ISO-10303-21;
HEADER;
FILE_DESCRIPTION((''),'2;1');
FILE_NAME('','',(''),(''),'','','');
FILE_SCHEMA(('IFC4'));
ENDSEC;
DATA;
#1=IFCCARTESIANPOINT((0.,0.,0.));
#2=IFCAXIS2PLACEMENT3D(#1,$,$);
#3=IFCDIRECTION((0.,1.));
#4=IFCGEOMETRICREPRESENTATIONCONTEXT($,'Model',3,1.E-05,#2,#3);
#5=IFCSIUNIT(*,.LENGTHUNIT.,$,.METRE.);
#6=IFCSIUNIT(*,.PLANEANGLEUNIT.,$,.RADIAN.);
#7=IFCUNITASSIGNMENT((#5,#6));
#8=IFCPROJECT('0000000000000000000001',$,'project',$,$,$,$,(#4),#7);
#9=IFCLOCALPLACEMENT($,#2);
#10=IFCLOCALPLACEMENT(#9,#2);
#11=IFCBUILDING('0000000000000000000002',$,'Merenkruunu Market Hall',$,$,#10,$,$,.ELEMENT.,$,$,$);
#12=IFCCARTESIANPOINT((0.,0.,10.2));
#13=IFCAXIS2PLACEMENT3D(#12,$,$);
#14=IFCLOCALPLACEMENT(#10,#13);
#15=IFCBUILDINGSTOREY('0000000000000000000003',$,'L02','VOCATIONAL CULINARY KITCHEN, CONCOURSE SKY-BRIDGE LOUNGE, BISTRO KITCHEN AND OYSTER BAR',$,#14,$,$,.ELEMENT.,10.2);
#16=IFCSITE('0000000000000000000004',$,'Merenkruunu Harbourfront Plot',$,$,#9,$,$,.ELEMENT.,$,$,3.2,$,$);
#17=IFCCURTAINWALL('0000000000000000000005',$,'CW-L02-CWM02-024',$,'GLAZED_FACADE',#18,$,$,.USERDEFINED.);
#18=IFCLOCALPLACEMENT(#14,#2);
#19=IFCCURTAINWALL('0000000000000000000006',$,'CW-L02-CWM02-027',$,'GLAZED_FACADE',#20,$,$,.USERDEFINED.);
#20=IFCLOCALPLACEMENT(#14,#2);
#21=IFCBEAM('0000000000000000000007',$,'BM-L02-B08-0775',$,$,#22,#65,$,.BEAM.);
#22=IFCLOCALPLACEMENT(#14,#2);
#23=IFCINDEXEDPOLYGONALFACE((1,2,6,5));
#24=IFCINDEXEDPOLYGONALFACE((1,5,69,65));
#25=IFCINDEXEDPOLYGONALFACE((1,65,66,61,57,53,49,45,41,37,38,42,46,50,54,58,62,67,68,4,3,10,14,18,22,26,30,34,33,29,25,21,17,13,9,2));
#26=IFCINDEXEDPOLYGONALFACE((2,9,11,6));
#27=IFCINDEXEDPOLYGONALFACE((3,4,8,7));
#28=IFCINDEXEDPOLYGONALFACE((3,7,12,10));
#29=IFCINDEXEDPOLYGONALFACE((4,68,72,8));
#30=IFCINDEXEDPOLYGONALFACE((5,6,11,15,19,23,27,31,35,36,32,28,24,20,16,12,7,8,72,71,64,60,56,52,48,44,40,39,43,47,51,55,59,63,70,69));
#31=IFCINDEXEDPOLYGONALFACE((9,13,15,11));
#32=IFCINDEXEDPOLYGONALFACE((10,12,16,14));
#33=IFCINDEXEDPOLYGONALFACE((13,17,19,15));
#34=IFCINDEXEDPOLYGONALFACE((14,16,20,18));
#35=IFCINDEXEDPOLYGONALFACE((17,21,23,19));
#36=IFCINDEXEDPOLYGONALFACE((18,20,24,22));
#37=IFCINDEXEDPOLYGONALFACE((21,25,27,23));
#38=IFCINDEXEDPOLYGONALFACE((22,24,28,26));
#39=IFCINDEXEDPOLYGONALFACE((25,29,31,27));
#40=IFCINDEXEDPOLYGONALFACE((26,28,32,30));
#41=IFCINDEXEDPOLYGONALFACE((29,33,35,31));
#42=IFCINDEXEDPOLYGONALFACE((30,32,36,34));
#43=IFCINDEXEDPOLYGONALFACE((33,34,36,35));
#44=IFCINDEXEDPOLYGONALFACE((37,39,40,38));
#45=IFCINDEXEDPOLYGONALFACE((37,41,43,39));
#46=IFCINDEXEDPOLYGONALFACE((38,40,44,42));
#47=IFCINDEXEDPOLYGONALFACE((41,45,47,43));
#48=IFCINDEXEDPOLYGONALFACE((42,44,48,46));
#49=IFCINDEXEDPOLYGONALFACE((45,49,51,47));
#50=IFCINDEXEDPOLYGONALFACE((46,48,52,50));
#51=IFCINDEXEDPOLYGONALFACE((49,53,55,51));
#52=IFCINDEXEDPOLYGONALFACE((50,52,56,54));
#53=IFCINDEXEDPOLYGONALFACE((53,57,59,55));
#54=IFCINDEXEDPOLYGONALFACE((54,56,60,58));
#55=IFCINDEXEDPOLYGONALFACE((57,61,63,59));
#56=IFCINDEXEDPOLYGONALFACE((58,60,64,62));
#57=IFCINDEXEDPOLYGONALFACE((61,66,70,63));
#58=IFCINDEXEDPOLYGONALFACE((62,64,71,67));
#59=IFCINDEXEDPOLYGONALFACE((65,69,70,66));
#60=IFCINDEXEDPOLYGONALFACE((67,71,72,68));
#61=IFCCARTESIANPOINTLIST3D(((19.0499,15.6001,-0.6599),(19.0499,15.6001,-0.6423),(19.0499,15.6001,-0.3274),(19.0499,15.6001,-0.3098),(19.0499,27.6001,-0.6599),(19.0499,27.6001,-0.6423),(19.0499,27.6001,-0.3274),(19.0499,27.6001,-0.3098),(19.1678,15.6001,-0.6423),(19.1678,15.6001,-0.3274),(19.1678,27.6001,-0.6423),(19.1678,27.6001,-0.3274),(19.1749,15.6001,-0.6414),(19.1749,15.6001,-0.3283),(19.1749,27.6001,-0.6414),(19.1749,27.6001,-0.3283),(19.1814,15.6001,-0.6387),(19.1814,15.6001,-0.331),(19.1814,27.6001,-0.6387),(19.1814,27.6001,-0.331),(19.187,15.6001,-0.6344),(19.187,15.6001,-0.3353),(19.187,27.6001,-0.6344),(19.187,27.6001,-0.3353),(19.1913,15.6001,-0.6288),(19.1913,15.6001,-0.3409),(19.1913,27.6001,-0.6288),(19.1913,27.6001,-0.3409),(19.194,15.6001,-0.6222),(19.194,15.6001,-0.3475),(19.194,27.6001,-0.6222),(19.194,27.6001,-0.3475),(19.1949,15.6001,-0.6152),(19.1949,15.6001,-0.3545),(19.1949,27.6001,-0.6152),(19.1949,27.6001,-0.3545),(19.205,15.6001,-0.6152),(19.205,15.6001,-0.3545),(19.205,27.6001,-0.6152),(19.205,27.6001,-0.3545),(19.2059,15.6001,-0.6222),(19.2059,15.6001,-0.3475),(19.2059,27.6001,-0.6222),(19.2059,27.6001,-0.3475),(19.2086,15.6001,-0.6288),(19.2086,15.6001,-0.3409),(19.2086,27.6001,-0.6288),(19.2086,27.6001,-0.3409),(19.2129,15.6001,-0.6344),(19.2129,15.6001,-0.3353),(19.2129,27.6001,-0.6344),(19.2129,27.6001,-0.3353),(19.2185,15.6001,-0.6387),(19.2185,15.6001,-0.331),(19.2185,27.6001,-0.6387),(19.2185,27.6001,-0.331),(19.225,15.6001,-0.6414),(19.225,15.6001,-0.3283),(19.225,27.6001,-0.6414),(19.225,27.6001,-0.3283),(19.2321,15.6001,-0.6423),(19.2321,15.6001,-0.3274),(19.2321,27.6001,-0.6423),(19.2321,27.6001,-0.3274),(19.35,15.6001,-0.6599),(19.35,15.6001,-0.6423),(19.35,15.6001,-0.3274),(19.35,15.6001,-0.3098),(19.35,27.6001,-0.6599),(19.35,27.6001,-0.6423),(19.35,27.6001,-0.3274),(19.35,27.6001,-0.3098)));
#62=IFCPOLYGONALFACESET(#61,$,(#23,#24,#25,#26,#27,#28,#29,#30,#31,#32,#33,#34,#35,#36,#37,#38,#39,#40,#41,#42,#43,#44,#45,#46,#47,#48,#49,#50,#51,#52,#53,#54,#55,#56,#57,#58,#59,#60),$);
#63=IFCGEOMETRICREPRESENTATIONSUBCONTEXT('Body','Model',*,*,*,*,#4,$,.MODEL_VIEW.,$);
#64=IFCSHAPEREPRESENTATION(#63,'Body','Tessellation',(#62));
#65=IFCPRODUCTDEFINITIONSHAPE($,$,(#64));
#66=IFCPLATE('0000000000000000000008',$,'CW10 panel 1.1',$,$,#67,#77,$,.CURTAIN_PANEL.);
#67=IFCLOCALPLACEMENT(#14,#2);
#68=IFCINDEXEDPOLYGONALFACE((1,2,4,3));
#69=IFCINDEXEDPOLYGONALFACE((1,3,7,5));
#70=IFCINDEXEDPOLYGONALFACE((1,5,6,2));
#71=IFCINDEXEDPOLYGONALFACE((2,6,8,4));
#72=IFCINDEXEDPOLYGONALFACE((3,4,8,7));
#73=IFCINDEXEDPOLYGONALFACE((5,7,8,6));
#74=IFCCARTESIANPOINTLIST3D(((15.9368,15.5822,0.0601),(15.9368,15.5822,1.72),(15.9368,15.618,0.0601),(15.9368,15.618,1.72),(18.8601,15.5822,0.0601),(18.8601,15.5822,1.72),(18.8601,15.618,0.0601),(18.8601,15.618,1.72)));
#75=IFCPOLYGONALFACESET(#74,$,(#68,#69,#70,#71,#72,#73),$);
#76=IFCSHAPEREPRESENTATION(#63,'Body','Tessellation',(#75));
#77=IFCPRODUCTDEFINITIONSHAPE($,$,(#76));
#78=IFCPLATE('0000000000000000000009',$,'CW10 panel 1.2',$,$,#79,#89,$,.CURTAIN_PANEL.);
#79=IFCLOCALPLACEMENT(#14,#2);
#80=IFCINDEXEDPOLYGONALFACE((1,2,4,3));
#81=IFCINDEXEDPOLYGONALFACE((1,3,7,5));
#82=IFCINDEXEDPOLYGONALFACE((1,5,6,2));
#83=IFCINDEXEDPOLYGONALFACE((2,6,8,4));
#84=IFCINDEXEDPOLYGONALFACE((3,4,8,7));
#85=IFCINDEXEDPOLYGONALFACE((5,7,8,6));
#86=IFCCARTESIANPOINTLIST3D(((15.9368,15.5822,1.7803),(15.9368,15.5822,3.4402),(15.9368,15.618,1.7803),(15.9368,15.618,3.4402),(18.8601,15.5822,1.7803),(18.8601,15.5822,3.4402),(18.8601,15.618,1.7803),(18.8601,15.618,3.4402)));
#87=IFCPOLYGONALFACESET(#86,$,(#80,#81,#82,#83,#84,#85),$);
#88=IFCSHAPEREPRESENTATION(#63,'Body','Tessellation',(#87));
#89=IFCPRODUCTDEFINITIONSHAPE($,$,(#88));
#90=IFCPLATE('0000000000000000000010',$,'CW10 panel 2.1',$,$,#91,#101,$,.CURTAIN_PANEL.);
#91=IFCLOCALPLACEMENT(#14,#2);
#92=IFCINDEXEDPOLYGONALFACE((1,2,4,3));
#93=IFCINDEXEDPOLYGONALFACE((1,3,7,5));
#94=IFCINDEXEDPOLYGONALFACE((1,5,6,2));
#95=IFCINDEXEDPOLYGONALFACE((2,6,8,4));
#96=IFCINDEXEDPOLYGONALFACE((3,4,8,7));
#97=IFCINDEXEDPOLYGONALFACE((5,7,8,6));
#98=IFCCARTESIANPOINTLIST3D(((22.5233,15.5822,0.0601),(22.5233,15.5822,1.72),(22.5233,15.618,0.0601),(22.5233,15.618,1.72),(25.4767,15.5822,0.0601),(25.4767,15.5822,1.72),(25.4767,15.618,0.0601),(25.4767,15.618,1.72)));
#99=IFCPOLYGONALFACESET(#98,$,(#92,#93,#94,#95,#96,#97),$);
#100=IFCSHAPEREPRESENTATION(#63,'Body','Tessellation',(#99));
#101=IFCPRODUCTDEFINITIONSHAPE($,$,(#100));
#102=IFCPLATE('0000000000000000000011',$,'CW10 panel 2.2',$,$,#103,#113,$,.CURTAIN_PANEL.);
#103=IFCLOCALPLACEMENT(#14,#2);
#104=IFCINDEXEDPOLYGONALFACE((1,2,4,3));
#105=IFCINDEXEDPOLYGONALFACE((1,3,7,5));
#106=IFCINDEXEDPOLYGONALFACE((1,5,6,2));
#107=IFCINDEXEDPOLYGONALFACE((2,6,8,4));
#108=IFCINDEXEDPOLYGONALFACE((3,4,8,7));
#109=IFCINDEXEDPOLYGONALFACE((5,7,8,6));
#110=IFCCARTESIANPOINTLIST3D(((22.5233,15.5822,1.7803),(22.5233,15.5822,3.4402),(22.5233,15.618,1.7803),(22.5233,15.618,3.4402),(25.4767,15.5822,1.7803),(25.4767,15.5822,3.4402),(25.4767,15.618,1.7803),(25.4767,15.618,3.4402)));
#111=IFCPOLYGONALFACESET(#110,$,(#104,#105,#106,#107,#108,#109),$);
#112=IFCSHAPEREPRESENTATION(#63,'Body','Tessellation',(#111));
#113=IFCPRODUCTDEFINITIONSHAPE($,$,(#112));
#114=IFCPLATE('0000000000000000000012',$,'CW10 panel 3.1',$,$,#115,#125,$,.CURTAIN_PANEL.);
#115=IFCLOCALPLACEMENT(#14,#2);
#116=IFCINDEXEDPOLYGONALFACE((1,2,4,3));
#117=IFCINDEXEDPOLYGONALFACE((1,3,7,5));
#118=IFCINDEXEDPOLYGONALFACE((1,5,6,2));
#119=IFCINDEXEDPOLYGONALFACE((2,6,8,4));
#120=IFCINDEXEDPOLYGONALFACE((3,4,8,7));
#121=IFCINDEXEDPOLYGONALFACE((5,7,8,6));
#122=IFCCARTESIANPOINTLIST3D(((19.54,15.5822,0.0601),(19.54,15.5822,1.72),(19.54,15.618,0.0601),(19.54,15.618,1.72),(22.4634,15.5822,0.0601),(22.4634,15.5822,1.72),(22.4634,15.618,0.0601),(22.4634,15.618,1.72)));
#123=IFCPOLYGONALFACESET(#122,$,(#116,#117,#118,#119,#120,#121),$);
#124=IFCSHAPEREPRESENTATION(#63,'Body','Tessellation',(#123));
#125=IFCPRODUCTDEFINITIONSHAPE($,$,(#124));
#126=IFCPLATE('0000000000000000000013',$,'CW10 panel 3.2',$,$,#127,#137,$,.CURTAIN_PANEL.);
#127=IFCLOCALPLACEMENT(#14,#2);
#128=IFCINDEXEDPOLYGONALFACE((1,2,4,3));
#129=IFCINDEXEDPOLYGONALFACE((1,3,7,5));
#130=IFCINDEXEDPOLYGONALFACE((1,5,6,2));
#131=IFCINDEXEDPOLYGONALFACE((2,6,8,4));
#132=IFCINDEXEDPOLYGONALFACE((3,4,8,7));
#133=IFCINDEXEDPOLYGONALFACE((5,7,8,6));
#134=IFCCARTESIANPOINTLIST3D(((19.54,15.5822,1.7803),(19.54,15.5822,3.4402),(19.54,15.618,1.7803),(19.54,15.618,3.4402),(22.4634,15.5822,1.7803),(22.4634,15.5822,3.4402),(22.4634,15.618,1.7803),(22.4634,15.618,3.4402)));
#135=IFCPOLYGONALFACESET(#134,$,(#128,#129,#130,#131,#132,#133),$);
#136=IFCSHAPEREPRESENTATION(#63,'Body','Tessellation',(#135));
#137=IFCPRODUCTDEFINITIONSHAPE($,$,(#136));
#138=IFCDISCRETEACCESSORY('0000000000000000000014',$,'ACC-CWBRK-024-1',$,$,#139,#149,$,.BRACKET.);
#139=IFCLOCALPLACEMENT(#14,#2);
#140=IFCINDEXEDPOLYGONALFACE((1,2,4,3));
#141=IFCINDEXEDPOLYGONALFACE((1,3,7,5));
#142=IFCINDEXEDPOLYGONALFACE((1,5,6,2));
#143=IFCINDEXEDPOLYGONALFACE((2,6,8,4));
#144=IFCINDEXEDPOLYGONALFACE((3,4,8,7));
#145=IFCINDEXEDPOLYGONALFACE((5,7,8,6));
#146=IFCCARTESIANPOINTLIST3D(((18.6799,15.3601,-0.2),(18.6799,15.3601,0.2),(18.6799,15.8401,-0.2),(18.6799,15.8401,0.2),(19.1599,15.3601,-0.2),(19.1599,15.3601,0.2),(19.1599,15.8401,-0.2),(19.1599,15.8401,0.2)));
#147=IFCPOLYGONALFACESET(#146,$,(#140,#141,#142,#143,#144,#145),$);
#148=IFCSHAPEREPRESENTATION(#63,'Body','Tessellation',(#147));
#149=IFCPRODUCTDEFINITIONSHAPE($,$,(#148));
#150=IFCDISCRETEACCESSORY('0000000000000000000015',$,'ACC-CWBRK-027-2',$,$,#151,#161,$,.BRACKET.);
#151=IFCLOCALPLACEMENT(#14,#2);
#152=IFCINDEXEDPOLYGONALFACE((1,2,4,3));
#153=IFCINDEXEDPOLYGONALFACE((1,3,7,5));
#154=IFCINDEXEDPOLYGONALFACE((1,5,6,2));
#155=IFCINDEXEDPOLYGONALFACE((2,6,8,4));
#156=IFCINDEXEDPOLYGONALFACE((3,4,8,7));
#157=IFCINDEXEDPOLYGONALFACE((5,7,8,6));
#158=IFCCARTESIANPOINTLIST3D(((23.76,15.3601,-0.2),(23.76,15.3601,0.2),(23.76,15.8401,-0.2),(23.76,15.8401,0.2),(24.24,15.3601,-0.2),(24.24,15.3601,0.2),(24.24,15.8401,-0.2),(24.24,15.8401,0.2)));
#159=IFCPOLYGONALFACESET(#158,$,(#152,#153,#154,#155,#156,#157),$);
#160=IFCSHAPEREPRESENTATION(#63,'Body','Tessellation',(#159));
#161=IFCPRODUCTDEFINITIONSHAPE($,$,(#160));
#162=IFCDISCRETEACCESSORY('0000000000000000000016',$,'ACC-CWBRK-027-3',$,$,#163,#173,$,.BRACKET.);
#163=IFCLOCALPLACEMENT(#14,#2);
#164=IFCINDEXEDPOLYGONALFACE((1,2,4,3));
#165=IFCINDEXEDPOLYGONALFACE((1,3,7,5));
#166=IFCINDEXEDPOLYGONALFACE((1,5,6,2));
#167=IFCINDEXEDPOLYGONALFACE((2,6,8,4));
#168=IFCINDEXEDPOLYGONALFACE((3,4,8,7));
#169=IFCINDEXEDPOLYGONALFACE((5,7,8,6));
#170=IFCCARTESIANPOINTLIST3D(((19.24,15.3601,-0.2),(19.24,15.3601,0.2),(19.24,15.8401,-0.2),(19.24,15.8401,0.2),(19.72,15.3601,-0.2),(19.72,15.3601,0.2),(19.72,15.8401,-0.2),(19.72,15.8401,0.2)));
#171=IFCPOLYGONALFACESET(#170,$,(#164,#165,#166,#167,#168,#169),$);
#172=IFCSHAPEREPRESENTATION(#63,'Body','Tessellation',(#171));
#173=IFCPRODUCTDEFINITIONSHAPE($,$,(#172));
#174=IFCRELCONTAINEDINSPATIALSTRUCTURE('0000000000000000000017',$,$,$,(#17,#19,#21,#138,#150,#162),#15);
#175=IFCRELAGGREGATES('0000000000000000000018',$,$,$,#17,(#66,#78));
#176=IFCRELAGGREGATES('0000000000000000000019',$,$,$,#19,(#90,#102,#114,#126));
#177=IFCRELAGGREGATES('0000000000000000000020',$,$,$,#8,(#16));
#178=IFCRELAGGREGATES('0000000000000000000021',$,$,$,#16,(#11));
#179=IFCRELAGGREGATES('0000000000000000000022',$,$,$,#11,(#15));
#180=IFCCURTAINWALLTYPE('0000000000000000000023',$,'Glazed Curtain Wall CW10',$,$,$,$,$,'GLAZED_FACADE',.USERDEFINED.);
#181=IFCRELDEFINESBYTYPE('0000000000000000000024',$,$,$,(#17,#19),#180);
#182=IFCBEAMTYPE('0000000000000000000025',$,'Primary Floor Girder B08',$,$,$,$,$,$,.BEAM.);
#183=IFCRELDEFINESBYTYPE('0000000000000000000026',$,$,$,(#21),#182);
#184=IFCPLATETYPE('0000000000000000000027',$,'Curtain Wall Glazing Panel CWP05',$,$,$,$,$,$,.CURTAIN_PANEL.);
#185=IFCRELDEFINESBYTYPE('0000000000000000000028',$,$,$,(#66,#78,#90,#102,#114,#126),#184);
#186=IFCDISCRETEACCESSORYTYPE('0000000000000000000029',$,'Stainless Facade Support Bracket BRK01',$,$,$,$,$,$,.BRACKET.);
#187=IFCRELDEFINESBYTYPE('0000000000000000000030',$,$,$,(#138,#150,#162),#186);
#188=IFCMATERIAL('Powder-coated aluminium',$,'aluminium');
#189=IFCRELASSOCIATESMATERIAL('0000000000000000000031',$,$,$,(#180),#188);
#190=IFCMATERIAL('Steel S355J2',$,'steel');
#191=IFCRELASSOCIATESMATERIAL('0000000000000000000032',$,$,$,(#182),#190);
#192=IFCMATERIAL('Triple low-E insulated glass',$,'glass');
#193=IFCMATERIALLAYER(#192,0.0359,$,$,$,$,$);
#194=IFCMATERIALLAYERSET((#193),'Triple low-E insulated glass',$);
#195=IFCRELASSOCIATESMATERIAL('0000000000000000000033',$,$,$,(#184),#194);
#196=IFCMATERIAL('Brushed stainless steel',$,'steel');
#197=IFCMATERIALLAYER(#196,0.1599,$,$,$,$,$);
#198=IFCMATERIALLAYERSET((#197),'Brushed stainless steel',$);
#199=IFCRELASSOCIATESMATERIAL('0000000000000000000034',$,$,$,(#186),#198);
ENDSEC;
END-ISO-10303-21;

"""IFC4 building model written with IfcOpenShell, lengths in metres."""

from ifc_helpers import new_model, si_unit, direction, frame, origin, origin_2d, place, context, subcontext, project, spatial, rectangle, i_section, extrude, material, layer, layer_set, material_profile, profile_set, type_object, element, aggregate, save


model = new_model("IFC4")

# Units and contexts
model_context = context("Model", 3, precision=1e-05, world=origin(), true_north=direction((0.0, 1.0)))
body_context = subcontext(model_context, "Body", "Model", "MODEL_VIEW")
ifc_project = project(units=[si_unit("LENGTHUNIT", "METRE"), si_unit("PLANEANGLEUNIT", "RADIAN")], contexts=[model_context])

# Site, building, storey
site_placement = place(None, origin())
site = spatial("IfcSite", under=ifc_project, at=site_placement, Name="Merenkruunu Harbourfront Plot", CompositionType="ELEMENT", RefElevation=3.2)
building_placement = place(site_placement, origin())
building = spatial("IfcBuilding", under=site, at=building_placement, Name="Merenkruunu Market Hall", CompositionType="ELEMENT")
storey_placement = place(building_placement, frame((0.0, 0.0, 10.2)))
storey = spatial("IfcBuildingStorey", under=building, at=storey_placement, Name="L02", Description="VOCATIONAL CULINARY KITCHEN, CONCOURSE SKY-BRIDGE LOUNGE, BISTRO KITCHEN AND OYSTER BAR", CompositionType="ELEMENT", Elevation=10.2)

# Shared definitions
ifc_material_1 = material(Name="Steel S355J2", Category="steel")

# Curtain walls
ifc_material_2 = material(Name="Powder-coated aluminium", Category="aluminium")
curtain_wall_type = type_object("IfcCurtainWallType", Name="Glazed Curtain Wall CW10", ElementType="GLAZED_FACADE", PredefinedType="USERDEFINED", material=ifc_material_2)
curtain_wall_1_placement = place(storey_placement, origin())
curtain_wall_1 = element("IfcCurtainWall", 1, at=curtain_wall_1_placement, inside=storey, type_object=curtain_wall_type, Name="CW-L02-CWM02-024", ObjectType="GLAZED_FACADE", PredefinedType="USERDEFINED")
curtain_wall_2_placement = place(storey_placement, origin())
curtain_wall_2 = element("IfcCurtainWall", 2, at=curtain_wall_2_placement, inside=storey, type_object=curtain_wall_type, Name="CW-L02-CWM02-027", ObjectType="GLAZED_FACADE", PredefinedType="USERDEFINED")

# Beam
ifc_material_profile_1 = material_profile(ifc_material_1, i_section(OverallWidth=0.3, OverallDepth=0.3501, WebThickness=0.01, FlangeThickness=0.0176, FilletRadius=0.0271, at=origin_2d()), Name="HEA 360")
ifc_profile_set_1 = profile_set([ifc_material_profile_1], Name="Steel S355J2")
beam_type_1 = type_object("IfcBeamType", Name="Primary Floor Girder B08", PredefinedType="BEAM", material=ifc_profile_set_1)
beam_1_placement = place(storey_placement, frame((19.2, 15.6001, -0.4849), z_axis=(0.0, 1.0, 0.0), x_axis=(-1.0, 0.0, 0.0)))
element("IfcBeam", 3, at=beam_1_placement, inside=storey, type_object=beam_type_1, Name="BM-L02-B08-0775", PredefinedType="BEAM", context=body_context, shape_type="SweptSolid", body=[
    extrude(i_section(OverallWidth=0.3, OverallDepth=0.3501, WebThickness=0.01, FlangeThickness=0.0176, FilletRadius=0.0271, at=origin_2d()), origin(), (0.0, 0.0, 1.0), 12.0),
])

# Plates
ifc_material_3 = material(Name="Triple low-E insulated glass", Category="glass")
ifc_layer_1 = layer(ifc_material_3, 0.0359)
ifc_layer_set_1 = layer_set([ifc_layer_1], Name="Triple low-E insulated glass")
plate_type = type_object("IfcPlateType", Name="Curtain Wall Glazing Panel CWP05", PredefinedType="CURTAIN_PANEL", material=ifc_layer_set_1)
plate_1_placement = place(storey_placement, frame((17.3984, 15.6001, 0.0601), z_axis=(0.0, 0.0, 1.0), x_axis=(-1.0, 0.0, 0.0)))
plate_1 = element("IfcPlate", 4, at=plate_1_placement, type_object=plate_type, Name="CW10 panel 1.1", PredefinedType="CURTAIN_PANEL", context=body_context, shape_type="SweptSolid", body=[
    extrude(rectangle(XDim=2.9233, YDim=0.0359, at=origin_2d()), origin(), (0.0, 0.0, 1.0), 1.6599),
])
plate_2_placement = place(storey_placement, frame((17.3984, 15.6001, 1.7803), z_axis=(0.0, 0.0, 1.0), x_axis=(-1.0, 0.0, 0.0)))
plate_2 = element("IfcPlate", 5, at=plate_2_placement, type_object=plate_type, Name="CW10 panel 1.2", PredefinedType="CURTAIN_PANEL", context=body_context, shape_type="SweptSolid", body=[
    extrude(rectangle(XDim=2.9233, YDim=0.0359, at=origin_2d()), origin(), (0.0, 0.0, 1.0), 1.6599),
])
aggregate(curtain_wall_1, [plate_1, plate_2])
plate_3_placement = place(storey_placement, frame((24.0, 15.6001, 0.0601), z_axis=(0.0, 0.0, 1.0), x_axis=(-1.0, 0.0, 0.0)))
plate_3 = element("IfcPlate", 6, at=plate_3_placement, type_object=plate_type, Name="CW10 panel 2.1", PredefinedType="CURTAIN_PANEL", context=body_context, shape_type="SweptSolid", body=[
    extrude(rectangle(XDim=2.9534, YDim=0.0359, at=origin_2d()), origin(), (0.0, 0.0, 1.0), 1.6599),
])
plate_4_placement = place(storey_placement, frame((24.0, 15.6001, 1.7803), z_axis=(0.0, 0.0, 1.0), x_axis=(-1.0, 0.0, 0.0)))
plate_4 = element("IfcPlate", 7, at=plate_4_placement, type_object=plate_type, Name="CW10 panel 2.2", PredefinedType="CURTAIN_PANEL", context=body_context, shape_type="SweptSolid", body=[
    extrude(rectangle(XDim=2.9534, YDim=0.0359, at=origin_2d()), origin(), (0.0, 0.0, 1.0), 1.6599),
])
plate_5_placement = place(storey_placement, frame((21.0017, 15.6001, 0.0601), z_axis=(0.0, 0.0, 1.0), x_axis=(-1.0, 0.0, 0.0)))
plate_5 = element("IfcPlate", 8, at=plate_5_placement, type_object=plate_type, Name="CW10 panel 3.1", PredefinedType="CURTAIN_PANEL", context=body_context, shape_type="SweptSolid", body=[
    extrude(rectangle(XDim=2.9233, YDim=0.0359, at=origin_2d()), origin(), (0.0, 0.0, 1.0), 1.6599),
])
plate_6_placement = place(storey_placement, frame((21.0017, 15.6001, 1.7803), z_axis=(0.0, 0.0, 1.0), x_axis=(-1.0, 0.0, 0.0)))
plate_6 = element("IfcPlate", 9, at=plate_6_placement, type_object=plate_type, Name="CW10 panel 3.2", PredefinedType="CURTAIN_PANEL", context=body_context, shape_type="SweptSolid", body=[
    extrude(rectangle(XDim=2.9233, YDim=0.0359, at=origin_2d()), origin(), (0.0, 0.0, 1.0), 1.6599),
])
aggregate(curtain_wall_2, [plate_3, plate_4, plate_5, plate_6])

# Discrete accessories
ifc_material_4 = material(Name="Brushed stainless steel", Category="steel")
ifc_layer_2 = layer(ifc_material_4, 0.1599)
ifc_layer_set_2 = layer_set([ifc_layer_2], Name="Brushed stainless steel")
discrete_accessory_type = type_object("IfcDiscreteAccessoryType", Name="Stainless Facade Support Bracket BRK01", PredefinedType="BRACKET", material=ifc_layer_set_2)
for number, where, z_axis, x_axis, name in (
    (10, (18.9199, 15.6001, -0.2), (0.0, 0.0, 1.0), (1.0, 0.0, 0.0), "ACC-CWBRK-024-1"),
    (11, (24.0, 15.6001, -0.2), (0.0, 0.0, 1.0), (1.0, 0.0, 0.0), "ACC-CWBRK-027-2"),
    (12, (19.48, 15.6001, -0.2), (0.0, 0.0, 1.0), (1.0, 0.0, 0.0), "ACC-CWBRK-027-3"),
):
    element("IfcDiscreteAccessory", number, at=place(storey_placement, frame(where, z_axis=z_axis, x_axis=x_axis)), inside=storey, type_object=discrete_accessory_type, Name=name, PredefinedType="BRACKET", context=body_context, shape_type="SweptSolid", body=[
        extrude(rectangle(XDim=0.48, YDim=0.48, at=origin_2d()), origin(), (0.0, 0.0, 1.0), 0.3999),
    ])

save(model, "model.ifc")
